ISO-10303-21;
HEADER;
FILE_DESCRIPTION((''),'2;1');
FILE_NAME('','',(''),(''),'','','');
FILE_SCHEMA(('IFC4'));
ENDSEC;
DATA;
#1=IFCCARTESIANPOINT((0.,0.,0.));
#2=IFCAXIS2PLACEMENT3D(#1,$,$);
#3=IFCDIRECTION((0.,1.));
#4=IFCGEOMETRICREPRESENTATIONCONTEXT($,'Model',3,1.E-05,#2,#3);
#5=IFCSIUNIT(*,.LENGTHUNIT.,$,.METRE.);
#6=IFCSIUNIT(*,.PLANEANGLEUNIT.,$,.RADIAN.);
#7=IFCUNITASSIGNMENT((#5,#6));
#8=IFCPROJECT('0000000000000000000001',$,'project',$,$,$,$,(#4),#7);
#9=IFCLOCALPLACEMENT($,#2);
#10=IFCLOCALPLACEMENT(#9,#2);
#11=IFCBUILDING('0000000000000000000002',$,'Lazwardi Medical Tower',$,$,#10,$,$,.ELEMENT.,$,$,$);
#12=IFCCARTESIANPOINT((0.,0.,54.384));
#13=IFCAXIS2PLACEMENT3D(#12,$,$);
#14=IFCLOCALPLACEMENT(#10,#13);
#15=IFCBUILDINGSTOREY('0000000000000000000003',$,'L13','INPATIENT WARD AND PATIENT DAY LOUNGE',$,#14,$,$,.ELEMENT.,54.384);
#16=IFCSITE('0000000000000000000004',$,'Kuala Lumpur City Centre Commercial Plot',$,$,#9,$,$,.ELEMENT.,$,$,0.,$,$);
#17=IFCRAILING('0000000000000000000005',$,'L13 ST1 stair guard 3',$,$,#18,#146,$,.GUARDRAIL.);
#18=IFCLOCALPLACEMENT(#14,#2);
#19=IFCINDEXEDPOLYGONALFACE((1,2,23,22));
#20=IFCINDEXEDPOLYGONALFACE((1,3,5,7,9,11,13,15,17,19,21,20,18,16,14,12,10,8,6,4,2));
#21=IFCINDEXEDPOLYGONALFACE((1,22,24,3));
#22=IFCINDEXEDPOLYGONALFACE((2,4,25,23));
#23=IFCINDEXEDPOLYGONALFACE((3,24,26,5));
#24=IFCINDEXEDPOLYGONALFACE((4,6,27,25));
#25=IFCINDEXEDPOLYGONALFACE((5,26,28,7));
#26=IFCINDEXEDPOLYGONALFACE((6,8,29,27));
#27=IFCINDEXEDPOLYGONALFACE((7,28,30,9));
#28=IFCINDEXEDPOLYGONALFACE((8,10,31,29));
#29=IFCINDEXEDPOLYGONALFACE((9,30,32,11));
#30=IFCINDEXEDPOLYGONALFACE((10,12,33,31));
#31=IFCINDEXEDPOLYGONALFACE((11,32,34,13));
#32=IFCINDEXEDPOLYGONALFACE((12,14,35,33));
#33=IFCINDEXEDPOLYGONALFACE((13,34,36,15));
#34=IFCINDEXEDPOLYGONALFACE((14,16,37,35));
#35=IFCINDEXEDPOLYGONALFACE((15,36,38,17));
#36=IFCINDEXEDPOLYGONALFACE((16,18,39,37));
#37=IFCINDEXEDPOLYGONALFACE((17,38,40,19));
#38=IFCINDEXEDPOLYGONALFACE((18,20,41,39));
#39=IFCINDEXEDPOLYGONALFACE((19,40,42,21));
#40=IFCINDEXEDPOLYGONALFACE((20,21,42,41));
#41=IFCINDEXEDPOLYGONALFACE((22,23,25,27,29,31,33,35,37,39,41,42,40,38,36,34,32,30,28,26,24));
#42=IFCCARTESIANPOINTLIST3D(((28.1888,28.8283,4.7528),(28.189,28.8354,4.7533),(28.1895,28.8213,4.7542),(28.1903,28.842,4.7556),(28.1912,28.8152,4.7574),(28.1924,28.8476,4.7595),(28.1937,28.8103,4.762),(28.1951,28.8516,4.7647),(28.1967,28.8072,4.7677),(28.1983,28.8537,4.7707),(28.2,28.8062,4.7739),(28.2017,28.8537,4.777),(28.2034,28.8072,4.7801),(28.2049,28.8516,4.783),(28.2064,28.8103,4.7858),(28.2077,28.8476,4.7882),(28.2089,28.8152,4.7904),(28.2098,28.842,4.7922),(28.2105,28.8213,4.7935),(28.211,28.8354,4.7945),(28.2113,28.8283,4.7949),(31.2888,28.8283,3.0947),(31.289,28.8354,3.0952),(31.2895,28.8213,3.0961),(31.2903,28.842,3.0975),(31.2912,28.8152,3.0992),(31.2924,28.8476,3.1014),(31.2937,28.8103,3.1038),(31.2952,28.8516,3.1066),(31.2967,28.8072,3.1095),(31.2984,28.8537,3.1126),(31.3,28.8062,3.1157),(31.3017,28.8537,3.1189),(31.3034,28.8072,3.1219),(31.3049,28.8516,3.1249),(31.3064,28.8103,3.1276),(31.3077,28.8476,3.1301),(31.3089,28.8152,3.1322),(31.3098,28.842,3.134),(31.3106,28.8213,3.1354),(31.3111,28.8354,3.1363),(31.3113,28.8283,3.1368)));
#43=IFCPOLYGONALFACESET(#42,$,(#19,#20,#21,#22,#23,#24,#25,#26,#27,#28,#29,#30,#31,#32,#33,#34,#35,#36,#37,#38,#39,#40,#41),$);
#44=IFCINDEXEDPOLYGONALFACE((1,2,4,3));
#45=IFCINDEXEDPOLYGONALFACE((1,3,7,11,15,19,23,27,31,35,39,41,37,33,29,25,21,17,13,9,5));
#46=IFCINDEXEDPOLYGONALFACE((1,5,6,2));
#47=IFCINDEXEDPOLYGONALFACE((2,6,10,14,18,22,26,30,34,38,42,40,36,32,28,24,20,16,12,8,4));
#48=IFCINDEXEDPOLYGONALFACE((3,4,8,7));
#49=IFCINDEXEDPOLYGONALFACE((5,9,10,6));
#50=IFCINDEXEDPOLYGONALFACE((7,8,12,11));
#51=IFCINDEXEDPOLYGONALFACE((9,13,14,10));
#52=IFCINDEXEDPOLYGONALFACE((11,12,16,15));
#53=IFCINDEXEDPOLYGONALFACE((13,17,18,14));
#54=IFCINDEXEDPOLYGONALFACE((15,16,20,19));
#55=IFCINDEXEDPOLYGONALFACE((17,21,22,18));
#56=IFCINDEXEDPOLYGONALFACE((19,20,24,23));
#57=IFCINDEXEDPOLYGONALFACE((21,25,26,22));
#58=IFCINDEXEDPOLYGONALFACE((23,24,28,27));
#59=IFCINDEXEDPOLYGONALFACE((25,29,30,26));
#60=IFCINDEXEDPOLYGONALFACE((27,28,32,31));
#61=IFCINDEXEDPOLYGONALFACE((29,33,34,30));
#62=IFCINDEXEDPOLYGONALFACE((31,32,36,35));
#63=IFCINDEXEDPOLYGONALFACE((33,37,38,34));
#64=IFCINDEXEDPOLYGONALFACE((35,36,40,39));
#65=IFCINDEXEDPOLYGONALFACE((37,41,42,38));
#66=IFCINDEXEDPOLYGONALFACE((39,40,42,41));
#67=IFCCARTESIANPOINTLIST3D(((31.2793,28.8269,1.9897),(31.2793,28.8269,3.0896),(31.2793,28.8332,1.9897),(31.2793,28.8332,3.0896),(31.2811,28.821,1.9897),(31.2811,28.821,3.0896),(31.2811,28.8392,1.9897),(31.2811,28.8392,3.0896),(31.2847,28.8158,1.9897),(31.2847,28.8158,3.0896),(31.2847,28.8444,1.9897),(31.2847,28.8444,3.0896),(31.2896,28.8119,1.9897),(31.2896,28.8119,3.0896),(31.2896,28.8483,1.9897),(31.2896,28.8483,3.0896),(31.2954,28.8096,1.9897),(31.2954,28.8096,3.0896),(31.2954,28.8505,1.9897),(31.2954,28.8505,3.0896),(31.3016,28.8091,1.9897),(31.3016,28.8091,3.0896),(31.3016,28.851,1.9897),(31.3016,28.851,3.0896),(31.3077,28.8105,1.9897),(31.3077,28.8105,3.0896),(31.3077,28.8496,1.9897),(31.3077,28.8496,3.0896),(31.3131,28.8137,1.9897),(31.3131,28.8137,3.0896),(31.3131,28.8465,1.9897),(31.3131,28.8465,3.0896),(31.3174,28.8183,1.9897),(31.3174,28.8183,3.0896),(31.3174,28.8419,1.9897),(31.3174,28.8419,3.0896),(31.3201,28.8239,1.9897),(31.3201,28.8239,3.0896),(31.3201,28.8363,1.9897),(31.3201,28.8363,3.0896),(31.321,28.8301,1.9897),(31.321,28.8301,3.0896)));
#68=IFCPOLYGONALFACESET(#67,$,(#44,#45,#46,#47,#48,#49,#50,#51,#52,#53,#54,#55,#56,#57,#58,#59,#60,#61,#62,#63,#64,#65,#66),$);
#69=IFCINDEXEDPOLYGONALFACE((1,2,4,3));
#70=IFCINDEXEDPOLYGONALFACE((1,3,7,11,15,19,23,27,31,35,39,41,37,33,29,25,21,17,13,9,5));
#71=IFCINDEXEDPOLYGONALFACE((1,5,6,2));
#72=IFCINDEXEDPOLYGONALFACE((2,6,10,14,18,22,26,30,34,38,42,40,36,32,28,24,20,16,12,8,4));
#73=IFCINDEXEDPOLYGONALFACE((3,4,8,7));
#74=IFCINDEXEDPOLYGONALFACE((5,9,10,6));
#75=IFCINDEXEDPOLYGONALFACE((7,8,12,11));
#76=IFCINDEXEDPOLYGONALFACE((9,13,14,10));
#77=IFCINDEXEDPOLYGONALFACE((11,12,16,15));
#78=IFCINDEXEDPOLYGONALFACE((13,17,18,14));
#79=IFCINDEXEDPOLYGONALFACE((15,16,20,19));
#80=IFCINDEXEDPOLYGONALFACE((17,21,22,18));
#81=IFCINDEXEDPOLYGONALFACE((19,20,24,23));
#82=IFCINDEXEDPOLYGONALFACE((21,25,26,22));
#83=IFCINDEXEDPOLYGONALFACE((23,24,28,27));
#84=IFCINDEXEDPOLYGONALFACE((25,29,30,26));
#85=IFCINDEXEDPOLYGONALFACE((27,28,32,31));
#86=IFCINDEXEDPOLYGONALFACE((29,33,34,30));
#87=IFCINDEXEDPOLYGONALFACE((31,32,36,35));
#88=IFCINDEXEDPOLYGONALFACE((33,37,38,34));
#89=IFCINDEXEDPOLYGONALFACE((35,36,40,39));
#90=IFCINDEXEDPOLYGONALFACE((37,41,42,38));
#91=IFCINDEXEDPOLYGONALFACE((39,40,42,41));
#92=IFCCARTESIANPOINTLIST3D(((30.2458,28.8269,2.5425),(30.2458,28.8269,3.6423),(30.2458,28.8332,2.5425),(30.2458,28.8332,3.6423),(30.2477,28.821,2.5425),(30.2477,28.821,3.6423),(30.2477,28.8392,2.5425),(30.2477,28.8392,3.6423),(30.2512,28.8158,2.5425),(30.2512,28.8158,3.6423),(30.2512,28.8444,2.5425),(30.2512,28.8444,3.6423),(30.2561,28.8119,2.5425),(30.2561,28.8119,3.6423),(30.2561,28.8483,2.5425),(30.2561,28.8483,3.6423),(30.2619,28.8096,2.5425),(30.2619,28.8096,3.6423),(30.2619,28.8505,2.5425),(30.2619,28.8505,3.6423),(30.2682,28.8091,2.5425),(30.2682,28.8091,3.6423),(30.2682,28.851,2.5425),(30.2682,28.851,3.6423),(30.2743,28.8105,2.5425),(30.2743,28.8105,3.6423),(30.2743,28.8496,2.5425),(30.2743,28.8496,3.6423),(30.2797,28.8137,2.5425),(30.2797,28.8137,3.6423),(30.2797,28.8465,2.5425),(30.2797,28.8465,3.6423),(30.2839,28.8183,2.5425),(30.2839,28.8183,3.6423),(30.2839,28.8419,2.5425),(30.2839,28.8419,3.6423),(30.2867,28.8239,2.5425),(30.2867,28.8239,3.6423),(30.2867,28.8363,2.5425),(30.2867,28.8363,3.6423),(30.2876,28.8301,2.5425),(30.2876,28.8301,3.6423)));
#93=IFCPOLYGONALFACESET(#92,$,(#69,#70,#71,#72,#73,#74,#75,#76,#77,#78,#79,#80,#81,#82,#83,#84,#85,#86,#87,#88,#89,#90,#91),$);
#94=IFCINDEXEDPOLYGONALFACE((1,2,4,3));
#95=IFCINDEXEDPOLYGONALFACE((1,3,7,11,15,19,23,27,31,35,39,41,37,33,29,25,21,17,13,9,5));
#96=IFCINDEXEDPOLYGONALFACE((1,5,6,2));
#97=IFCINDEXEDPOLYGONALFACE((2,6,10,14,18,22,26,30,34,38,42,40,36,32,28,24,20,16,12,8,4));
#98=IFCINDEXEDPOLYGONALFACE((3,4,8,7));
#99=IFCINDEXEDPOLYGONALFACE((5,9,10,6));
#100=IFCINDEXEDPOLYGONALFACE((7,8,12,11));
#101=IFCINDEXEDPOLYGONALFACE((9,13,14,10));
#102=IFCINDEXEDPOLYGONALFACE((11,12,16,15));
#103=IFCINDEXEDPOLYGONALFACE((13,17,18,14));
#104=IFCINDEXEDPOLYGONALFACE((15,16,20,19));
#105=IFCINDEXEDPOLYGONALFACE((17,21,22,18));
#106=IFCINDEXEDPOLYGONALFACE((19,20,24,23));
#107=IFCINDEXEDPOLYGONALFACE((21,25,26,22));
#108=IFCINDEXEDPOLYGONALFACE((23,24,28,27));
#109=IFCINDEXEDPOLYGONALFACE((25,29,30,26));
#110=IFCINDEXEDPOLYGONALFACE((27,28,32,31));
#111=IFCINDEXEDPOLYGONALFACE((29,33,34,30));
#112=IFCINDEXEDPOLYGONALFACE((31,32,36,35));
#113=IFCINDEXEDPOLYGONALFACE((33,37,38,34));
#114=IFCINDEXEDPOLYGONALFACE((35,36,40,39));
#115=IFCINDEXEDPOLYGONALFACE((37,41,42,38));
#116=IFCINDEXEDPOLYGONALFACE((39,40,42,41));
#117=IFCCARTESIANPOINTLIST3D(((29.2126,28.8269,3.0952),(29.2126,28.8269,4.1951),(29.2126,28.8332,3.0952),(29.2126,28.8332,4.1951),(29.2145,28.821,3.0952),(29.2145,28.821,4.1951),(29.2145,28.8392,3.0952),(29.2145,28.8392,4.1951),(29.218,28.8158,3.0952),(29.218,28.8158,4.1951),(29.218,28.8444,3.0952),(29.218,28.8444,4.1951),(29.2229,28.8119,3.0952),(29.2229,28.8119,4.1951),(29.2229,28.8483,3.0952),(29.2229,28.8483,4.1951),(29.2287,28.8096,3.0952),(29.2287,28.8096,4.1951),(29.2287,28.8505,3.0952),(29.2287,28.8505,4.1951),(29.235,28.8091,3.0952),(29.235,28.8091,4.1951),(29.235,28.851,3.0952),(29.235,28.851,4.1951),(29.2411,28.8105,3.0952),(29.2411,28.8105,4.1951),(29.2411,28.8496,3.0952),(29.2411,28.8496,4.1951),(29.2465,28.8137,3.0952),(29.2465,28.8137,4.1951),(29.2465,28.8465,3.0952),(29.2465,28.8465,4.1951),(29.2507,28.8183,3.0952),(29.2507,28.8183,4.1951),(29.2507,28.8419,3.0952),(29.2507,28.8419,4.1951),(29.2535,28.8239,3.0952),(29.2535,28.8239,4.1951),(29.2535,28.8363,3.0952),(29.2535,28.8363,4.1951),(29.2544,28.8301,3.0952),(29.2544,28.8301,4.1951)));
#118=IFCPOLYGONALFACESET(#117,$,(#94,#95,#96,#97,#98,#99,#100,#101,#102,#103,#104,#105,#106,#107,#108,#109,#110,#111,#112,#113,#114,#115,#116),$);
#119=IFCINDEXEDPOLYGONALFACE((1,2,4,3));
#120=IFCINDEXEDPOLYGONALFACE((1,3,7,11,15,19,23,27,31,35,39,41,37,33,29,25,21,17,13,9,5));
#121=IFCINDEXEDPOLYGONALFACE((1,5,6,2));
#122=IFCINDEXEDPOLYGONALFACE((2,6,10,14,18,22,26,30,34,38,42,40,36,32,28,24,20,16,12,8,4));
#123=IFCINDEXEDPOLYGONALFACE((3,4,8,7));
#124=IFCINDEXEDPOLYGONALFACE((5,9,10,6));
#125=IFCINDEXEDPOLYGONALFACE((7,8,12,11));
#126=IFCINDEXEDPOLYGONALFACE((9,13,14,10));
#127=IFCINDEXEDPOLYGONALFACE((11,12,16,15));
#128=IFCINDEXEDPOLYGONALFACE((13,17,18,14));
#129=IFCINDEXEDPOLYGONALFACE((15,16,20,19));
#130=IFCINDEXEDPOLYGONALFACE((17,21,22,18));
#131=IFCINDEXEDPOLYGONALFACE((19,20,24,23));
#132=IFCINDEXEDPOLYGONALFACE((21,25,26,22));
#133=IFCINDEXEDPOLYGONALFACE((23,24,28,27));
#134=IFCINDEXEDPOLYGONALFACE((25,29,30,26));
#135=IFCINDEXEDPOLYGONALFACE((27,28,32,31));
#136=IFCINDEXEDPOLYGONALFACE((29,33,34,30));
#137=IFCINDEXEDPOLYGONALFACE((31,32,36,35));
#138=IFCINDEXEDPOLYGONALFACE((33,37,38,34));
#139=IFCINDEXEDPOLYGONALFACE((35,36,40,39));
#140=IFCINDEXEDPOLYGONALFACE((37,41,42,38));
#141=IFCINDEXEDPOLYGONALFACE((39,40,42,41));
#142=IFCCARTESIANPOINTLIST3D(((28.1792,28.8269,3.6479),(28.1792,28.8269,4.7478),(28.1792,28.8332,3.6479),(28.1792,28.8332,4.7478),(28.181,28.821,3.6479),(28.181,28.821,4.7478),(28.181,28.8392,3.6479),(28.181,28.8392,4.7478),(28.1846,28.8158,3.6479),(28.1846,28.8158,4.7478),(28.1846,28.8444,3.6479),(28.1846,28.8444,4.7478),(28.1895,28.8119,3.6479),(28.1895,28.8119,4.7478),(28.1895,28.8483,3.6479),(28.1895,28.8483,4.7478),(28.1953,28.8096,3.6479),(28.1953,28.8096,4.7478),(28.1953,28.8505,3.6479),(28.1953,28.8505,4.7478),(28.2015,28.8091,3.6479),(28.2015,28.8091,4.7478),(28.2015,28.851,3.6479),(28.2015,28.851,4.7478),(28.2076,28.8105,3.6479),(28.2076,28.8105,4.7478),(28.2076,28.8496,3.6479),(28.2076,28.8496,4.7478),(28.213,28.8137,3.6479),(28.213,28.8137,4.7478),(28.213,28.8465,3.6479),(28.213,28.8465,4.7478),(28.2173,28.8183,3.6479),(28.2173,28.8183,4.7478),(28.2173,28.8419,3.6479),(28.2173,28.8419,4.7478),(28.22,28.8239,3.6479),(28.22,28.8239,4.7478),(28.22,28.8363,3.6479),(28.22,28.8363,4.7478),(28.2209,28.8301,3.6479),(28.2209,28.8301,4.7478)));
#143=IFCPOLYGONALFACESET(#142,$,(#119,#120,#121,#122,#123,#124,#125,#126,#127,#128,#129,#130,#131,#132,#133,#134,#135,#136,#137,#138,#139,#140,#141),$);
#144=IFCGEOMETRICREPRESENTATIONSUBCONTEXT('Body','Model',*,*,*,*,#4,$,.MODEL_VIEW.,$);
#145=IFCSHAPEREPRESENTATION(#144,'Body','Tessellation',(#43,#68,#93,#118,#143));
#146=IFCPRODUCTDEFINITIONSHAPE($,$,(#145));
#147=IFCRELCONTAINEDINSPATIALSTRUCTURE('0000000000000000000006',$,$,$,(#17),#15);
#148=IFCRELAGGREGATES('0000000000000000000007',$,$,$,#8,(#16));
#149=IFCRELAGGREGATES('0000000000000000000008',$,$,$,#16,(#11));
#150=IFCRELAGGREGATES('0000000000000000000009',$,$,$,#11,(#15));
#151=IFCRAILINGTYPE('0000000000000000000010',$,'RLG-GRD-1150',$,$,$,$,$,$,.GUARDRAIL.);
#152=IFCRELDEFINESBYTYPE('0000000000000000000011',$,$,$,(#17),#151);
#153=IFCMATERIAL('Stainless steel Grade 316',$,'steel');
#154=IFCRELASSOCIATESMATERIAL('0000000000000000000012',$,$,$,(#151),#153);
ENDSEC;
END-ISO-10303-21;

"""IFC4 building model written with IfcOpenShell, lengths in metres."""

from ifc_helpers import new_model, si_unit, direction, frame, origin, origin_2d, place, context, subcontext, project, spatial, circle, extrude, material, type_object, element, save


model = new_model("IFC4")

# Units and contexts
model_context = context("Model", 3, precision=1e-05, world=origin(), true_north=direction((0.0, 1.0)))
body_context = subcontext(model_context, "Body", "Model", "MODEL_VIEW")
ifc_project = project(units=[si_unit("LENGTHUNIT", "METRE"), si_unit("PLANEANGLEUNIT", "RADIAN")], contexts=[model_context])

# Site, building, storey
site_placement = place(None, origin())
site = spatial("IfcSite", under=ifc_project, at=site_placement, Name="Kuala Lumpur City Centre Commercial Plot", CompositionType="ELEMENT", RefElevation=0.0)
building_placement = place(site_placement, origin())
building = spatial("IfcBuilding", under=site, at=building_placement, Name="Lazwardi Medical Tower", CompositionType="ELEMENT")
storey_placement = place(building_placement, frame((0.0, 0.0, 54.384)))
storey = spatial("IfcBuildingStorey", under=building, at=storey_placement, Name="L13", Description="INPATIENT WARD AND PATIENT DAY LOUNGE", CompositionType="ELEMENT", Elevation=54.384)

# Railing
ifc_material_1 = material(Name="Stainless steel Grade 316", Category="steel")
railing_type_1 = type_object("IfcRailingType", Name="RLG-GRD-1150", PredefinedType="GUARDRAIL", material=ifc_material_1)
railing_1_placement = place(storey_placement, frame((31.3, 28.8301, 1.9897)))
element("IfcRailing", 1, at=railing_1_placement, inside=storey, type_object=railing_type_1, Name="L13 ST1 stair guard 3", PredefinedType="GUARDRAIL", context=body_context, shape_type="SweptSolid", body=[
    extrude(circle(Radius=0.0239, at=origin_2d()), frame((0.0, 0.0, 1.126), z_axis=(-0.881783, 0.0, 0.471655), x_axis=(0.0, -1.0, 0.0)), (0.0, 0.0, 1.0), 3.5156),
    extrude(circle(Radius=0.021, at=origin_2d()), origin(), (0.0, 0.0, 1.0), 1.0999),
    extrude(circle(Radius=0.021, at=origin_2d()), frame((-1.0334, 0.0, 0.5527)), (0.0, 0.0, 1.0), 1.0999),
    extrude(circle(Radius=0.021, at=origin_2d()), frame((-2.0667, 0.0, 1.1055)), (0.0, 0.0, 1.0), 1.0999),
    extrude(circle(Radius=0.021, at=origin_2d()), frame((-3.1001, 0.0, 1.6582)), (0.0, 0.0, 1.0), 1.0999),
])

save(model, "model.ifc")
